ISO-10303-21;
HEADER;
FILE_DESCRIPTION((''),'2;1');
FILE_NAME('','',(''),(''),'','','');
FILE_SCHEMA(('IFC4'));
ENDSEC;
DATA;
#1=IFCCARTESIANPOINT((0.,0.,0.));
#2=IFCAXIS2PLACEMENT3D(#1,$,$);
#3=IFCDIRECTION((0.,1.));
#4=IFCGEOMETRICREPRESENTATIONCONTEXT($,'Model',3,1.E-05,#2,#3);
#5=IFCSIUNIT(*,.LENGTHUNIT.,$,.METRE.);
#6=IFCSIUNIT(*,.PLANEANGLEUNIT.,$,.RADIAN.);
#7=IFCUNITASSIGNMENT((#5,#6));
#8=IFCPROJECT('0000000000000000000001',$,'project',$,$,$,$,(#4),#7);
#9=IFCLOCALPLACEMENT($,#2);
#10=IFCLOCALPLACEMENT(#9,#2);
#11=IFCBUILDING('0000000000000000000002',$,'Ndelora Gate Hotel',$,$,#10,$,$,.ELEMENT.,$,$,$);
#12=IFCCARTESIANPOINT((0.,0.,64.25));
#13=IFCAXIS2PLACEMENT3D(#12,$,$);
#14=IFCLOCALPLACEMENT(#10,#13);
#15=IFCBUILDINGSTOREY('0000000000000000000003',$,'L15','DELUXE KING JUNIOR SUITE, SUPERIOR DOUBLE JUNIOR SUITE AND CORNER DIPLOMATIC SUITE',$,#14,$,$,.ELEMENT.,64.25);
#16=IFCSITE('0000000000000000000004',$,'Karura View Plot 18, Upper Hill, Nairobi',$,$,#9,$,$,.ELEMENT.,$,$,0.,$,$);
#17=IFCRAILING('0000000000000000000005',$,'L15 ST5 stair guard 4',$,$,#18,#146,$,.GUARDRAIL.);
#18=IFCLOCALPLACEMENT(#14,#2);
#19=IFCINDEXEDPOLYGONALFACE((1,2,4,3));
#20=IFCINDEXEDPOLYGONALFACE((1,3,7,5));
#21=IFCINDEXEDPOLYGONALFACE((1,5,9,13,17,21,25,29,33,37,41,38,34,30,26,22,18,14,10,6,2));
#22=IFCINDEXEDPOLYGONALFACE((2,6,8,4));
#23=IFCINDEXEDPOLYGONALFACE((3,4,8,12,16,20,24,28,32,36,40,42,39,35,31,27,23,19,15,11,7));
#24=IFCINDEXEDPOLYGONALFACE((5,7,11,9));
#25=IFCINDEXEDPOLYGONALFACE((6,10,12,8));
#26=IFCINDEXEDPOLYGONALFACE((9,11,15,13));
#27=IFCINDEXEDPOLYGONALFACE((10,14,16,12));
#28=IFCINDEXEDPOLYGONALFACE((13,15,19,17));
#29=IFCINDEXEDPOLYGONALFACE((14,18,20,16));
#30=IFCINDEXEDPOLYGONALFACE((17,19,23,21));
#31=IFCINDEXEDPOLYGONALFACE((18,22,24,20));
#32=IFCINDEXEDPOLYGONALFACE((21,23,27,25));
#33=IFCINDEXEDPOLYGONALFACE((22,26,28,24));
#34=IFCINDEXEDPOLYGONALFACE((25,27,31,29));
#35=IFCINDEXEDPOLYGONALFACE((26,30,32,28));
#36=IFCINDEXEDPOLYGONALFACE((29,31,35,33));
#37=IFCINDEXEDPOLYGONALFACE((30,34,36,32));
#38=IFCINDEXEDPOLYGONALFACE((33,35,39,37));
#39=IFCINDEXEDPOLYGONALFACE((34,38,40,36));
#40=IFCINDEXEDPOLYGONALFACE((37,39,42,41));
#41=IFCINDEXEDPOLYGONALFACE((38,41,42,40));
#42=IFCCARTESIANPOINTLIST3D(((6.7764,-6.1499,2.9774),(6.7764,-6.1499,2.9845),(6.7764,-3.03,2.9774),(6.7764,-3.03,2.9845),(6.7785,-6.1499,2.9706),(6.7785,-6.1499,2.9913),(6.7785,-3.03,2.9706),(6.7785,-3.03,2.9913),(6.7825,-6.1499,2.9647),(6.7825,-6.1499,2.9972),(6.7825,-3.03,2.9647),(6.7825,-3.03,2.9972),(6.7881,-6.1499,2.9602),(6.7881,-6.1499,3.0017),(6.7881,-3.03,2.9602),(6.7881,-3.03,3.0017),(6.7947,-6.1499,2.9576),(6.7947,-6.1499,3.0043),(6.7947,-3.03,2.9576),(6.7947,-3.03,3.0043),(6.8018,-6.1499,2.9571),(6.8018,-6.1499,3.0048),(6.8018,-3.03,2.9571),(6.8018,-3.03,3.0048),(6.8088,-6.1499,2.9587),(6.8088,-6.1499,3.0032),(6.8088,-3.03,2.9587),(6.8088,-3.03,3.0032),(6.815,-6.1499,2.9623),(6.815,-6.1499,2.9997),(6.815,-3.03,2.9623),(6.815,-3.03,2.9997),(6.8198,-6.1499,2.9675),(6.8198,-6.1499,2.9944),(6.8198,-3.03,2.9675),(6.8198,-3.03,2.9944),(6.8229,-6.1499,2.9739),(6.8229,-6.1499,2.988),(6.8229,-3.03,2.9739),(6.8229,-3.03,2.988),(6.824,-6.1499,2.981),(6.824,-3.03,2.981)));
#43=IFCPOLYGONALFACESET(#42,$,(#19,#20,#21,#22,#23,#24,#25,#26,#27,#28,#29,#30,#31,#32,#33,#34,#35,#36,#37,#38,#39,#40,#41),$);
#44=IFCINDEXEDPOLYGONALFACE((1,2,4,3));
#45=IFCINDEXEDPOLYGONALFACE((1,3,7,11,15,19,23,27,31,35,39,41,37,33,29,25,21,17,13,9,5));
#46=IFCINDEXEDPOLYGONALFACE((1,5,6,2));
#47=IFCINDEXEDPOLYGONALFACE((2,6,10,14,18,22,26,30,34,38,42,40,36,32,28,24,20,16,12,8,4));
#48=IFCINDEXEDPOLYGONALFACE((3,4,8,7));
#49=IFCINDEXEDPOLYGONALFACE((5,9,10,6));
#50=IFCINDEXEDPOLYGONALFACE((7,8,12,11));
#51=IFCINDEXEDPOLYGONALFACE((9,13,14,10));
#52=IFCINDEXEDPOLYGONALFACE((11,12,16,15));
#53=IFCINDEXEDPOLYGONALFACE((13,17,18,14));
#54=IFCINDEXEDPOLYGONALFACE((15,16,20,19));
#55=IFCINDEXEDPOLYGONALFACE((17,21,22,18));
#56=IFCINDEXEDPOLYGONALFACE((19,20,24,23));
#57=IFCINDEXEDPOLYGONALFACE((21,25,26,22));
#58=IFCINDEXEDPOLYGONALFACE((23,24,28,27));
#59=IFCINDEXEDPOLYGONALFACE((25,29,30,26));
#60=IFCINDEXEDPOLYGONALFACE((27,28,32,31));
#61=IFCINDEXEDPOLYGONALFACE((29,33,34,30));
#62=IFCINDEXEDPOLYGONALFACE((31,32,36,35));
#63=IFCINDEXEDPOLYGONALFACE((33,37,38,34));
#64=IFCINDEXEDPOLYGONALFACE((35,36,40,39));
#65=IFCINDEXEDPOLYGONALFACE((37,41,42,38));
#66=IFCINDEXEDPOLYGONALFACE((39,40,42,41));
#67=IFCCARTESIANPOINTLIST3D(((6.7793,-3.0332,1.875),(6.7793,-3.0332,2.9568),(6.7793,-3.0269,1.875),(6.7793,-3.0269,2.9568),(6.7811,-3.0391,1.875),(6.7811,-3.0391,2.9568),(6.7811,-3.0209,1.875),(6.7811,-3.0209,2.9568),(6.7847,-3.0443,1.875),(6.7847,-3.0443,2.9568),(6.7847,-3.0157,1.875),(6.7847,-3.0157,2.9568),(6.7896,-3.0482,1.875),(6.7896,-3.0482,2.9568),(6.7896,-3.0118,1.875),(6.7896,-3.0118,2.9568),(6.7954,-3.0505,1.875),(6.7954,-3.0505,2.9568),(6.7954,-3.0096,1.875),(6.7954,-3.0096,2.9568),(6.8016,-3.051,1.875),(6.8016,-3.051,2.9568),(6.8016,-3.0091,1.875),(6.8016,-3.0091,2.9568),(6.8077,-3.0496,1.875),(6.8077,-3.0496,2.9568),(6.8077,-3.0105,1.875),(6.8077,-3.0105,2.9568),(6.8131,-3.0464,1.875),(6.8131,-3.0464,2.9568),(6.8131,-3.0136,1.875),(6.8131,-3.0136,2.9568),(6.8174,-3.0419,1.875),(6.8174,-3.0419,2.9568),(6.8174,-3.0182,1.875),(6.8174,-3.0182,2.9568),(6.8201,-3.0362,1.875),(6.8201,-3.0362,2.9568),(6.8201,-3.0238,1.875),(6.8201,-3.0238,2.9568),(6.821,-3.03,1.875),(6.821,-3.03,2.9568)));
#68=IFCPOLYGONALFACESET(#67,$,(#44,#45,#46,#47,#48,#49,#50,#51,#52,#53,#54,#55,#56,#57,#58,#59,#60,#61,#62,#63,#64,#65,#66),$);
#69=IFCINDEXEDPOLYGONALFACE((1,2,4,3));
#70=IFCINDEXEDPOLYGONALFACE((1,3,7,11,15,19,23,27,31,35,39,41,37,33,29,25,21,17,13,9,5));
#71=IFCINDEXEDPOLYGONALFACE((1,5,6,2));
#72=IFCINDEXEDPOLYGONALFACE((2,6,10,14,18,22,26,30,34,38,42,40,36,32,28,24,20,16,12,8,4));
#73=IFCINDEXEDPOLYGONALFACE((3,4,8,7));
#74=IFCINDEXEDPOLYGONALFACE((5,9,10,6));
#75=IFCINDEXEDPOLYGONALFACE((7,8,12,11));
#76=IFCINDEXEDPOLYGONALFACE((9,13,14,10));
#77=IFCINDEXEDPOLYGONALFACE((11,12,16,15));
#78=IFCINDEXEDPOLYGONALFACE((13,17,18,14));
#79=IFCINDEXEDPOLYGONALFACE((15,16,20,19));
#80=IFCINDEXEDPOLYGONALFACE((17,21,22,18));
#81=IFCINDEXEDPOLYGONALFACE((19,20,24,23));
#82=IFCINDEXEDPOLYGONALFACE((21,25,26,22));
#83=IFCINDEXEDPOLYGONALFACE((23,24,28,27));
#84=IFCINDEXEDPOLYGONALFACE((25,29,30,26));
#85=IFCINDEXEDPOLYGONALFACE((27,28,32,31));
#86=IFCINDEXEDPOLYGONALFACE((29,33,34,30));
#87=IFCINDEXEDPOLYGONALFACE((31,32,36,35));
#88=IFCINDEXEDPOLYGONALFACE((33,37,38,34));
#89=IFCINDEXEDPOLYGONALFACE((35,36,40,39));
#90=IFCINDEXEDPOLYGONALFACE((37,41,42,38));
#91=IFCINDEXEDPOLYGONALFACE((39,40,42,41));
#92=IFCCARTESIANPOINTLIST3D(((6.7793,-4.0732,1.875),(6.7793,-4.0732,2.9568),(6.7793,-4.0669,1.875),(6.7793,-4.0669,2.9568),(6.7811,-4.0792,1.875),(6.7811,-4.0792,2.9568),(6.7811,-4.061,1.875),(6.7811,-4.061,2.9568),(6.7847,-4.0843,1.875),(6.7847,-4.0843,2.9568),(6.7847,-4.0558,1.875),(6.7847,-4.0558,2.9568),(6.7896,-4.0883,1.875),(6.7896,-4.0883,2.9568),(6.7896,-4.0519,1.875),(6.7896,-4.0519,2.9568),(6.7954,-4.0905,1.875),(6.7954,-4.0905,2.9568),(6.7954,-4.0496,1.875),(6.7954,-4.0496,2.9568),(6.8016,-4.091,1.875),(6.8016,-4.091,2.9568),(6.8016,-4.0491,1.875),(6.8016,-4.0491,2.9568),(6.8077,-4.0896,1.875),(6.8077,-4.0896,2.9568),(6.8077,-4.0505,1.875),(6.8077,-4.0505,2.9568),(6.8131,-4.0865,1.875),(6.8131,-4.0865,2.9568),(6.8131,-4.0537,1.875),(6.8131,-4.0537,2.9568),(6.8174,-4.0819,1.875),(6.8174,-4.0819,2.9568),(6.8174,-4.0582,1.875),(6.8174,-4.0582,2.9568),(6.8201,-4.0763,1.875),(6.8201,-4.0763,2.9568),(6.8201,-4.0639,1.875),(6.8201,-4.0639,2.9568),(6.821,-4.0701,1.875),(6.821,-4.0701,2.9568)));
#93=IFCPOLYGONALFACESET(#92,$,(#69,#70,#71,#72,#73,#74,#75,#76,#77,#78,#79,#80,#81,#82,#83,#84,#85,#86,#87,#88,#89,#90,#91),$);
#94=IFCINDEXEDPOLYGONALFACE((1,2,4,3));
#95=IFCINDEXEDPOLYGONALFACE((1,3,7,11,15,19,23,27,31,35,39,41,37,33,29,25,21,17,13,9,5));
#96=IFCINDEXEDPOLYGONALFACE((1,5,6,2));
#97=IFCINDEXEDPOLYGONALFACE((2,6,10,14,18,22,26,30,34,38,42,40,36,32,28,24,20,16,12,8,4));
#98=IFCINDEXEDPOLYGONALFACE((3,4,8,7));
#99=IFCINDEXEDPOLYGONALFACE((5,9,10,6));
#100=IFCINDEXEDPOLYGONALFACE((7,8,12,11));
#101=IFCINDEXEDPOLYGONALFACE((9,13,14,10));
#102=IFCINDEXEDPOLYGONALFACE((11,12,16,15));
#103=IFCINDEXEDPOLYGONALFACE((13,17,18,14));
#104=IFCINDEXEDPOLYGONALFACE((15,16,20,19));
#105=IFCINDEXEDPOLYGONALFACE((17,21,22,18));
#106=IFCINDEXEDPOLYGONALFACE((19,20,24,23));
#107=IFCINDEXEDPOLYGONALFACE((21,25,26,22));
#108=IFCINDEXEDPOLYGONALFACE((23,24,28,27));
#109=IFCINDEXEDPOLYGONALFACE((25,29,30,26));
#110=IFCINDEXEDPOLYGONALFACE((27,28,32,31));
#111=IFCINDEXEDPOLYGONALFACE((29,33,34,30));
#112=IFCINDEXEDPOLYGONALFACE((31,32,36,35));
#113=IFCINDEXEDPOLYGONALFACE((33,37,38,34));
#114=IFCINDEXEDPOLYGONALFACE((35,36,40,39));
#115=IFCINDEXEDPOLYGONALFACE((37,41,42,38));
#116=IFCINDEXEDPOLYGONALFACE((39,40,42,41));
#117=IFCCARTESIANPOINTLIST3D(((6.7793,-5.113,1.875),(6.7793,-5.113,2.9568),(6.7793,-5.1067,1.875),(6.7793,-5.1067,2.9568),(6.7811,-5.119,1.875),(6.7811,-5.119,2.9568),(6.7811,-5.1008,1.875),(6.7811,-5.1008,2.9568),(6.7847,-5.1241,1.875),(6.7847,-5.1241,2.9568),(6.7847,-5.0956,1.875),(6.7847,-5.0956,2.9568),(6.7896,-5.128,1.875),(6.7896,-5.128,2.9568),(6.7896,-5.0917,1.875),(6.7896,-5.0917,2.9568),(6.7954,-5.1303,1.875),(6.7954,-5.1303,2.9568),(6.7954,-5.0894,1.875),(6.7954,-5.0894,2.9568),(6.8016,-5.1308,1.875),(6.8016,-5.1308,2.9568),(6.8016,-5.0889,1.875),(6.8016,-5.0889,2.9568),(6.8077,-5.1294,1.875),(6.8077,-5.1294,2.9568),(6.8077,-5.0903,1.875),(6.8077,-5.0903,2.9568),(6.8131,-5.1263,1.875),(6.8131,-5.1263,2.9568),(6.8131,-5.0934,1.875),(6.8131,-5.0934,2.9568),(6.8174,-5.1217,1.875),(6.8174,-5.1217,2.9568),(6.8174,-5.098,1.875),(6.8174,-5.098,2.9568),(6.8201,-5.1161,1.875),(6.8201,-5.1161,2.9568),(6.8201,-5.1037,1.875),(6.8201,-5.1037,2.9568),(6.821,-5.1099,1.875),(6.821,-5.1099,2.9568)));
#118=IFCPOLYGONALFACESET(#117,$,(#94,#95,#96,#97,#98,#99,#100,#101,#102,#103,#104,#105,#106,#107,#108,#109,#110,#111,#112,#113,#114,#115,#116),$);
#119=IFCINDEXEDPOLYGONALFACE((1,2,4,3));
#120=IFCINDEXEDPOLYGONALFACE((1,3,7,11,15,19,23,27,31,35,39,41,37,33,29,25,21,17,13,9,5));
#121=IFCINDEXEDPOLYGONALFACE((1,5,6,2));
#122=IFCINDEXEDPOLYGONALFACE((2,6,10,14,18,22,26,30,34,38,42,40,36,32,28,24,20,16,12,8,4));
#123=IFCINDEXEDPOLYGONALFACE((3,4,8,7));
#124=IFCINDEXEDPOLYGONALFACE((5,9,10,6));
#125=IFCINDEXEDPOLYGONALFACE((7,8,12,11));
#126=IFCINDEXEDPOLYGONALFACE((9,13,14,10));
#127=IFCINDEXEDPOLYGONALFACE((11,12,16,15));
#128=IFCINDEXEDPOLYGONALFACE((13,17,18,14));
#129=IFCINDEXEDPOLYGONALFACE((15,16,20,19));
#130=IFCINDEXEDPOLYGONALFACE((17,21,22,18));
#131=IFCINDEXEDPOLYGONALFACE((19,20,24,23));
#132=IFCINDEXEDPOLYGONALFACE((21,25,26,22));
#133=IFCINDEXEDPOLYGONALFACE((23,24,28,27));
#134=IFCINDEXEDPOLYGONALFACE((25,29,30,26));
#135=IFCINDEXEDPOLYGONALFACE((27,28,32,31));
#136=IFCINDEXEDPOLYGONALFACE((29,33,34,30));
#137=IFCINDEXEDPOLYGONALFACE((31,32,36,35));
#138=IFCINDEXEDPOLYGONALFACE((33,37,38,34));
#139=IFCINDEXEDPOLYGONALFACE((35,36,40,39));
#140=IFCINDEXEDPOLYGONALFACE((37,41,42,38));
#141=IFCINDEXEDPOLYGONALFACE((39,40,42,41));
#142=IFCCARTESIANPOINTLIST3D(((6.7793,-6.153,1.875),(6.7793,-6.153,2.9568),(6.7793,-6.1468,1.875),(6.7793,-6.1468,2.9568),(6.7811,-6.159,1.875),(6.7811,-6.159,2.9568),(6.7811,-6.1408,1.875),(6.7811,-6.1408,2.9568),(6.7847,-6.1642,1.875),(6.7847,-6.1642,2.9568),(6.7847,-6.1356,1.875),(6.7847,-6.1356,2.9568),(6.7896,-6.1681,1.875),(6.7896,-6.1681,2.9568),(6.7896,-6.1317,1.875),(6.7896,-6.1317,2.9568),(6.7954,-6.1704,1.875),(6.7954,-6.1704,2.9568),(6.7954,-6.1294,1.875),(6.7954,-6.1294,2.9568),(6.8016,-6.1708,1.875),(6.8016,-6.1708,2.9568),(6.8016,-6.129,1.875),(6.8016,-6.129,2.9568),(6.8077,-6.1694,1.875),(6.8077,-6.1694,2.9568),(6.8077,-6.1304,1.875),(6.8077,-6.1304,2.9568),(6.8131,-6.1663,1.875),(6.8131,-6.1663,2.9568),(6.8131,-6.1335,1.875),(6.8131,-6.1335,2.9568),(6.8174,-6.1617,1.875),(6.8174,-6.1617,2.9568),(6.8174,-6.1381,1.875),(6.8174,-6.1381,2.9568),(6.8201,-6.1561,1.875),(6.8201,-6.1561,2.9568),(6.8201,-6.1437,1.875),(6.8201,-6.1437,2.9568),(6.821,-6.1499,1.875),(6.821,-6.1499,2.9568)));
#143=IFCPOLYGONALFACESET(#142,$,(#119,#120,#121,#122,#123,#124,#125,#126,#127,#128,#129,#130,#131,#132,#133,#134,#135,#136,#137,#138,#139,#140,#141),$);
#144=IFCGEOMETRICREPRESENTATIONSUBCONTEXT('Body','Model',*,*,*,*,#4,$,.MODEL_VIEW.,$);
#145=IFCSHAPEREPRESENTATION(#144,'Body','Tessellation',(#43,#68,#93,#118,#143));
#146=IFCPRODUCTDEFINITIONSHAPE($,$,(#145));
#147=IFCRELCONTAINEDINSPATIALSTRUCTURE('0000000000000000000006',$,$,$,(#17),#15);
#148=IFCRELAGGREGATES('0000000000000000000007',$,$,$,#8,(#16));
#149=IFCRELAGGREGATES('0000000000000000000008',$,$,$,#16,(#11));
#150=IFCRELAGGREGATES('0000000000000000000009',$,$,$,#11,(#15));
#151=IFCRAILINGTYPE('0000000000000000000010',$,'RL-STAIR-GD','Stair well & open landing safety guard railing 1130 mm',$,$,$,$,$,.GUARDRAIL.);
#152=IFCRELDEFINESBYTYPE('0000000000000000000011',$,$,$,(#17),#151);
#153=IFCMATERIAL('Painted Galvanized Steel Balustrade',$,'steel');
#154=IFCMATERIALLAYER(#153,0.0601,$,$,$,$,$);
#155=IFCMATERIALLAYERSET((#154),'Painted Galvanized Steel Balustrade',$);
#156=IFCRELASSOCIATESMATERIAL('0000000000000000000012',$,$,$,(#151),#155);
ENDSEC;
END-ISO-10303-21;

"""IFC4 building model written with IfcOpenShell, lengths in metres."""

from ifc_helpers import new_model, si_unit, direction, frame, origin, origin_2d, place, context, subcontext, project, spatial, circle, extrude, material, layer, layer_set, type_object, element, save


model = new_model("IFC4")

# Units and contexts
model_context = context("Model", 3, precision=1e-05, world=origin(), true_north=direction((0.0, 1.0)))
body_context = subcontext(model_context, "Body", "Model", "MODEL_VIEW")
ifc_project = project(units=[si_unit("LENGTHUNIT", "METRE"), si_unit("PLANEANGLEUNIT", "RADIAN")], contexts=[model_context])

# Site, building, storey
site_placement = place(None, origin())
site = spatial("IfcSite", under=ifc_project, at=site_placement, Name="Karura View Plot 18, Upper Hill, Nairobi", CompositionType="ELEMENT", RefElevation=0.0)
building_placement = place(site_placement, origin())
building = spatial("IfcBuilding", under=site, at=building_placement, Name="Ndelora Gate Hotel", CompositionType="ELEMENT")
storey_placement = place(building_placement, frame((0.0, 0.0, 64.25)))
storey = spatial("IfcBuildingStorey", under=building, at=storey_placement, Name="L15", Description="DELUXE KING JUNIOR SUITE, SUPERIOR DOUBLE JUNIOR SUITE AND CORNER DIPLOMATIC SUITE", CompositionType="ELEMENT", Elevation=64.25)

# Railing
ifc_material_1 = material(Name="Painted Galvanized Steel Balustrade", Category="steel")
ifc_layer_1 = layer(ifc_material_1, 0.0601)
ifc_layer_set_1 = layer_set([ifc_layer_1], Name="Painted Galvanized Steel Balustrade")
railing_type = type_object("IfcRailingType", Name="RL-STAIR-GD", Description="Stair well & open landing safety guard railing 1130 mm", PredefinedType="GUARDRAIL", material=ifc_layer_set_1)
for number, where, name in (
    (1, (6.8, -3.03, 1.875), "L15 ST5 stair guard 4"),
):
    element("IfcRailing", number, at=place(storey_placement, frame(where)), inside=storey, type_object=railing_type, Name=name, PredefinedType="GUARDRAIL", context=body_context, shape_type="SweptSolid", body=[
        extrude(circle(Radius=0.0239, at=origin_2d()), frame((0.0, 0.0, 1.106), z_axis=(0.0, -1.0, 0.0), x_axis=(1.0, 0.0, 0.0)), (0.0, 0.0, 1.0), 3.1199),
        extrude(circle(Radius=0.021, at=origin_2d()), origin(), (0.0, 0.0, 1.0), 1.0818),
        extrude(circle(Radius=0.021, at=origin_2d()), frame((0.0, -1.04, 0.0)), (0.0, 0.0, 1.0), 1.0818),
        extrude(circle(Radius=0.021, at=origin_2d()), frame((0.0, -2.0798, 0.0)), (0.0, 0.0, 1.0), 1.0818),
        extrude(circle(Radius=0.021, at=origin_2d()), frame((0.0, -3.1199, 0.0)), (0.0, 0.0, 1.0), 1.0818),
    ])

save(model, "model.ifc")
